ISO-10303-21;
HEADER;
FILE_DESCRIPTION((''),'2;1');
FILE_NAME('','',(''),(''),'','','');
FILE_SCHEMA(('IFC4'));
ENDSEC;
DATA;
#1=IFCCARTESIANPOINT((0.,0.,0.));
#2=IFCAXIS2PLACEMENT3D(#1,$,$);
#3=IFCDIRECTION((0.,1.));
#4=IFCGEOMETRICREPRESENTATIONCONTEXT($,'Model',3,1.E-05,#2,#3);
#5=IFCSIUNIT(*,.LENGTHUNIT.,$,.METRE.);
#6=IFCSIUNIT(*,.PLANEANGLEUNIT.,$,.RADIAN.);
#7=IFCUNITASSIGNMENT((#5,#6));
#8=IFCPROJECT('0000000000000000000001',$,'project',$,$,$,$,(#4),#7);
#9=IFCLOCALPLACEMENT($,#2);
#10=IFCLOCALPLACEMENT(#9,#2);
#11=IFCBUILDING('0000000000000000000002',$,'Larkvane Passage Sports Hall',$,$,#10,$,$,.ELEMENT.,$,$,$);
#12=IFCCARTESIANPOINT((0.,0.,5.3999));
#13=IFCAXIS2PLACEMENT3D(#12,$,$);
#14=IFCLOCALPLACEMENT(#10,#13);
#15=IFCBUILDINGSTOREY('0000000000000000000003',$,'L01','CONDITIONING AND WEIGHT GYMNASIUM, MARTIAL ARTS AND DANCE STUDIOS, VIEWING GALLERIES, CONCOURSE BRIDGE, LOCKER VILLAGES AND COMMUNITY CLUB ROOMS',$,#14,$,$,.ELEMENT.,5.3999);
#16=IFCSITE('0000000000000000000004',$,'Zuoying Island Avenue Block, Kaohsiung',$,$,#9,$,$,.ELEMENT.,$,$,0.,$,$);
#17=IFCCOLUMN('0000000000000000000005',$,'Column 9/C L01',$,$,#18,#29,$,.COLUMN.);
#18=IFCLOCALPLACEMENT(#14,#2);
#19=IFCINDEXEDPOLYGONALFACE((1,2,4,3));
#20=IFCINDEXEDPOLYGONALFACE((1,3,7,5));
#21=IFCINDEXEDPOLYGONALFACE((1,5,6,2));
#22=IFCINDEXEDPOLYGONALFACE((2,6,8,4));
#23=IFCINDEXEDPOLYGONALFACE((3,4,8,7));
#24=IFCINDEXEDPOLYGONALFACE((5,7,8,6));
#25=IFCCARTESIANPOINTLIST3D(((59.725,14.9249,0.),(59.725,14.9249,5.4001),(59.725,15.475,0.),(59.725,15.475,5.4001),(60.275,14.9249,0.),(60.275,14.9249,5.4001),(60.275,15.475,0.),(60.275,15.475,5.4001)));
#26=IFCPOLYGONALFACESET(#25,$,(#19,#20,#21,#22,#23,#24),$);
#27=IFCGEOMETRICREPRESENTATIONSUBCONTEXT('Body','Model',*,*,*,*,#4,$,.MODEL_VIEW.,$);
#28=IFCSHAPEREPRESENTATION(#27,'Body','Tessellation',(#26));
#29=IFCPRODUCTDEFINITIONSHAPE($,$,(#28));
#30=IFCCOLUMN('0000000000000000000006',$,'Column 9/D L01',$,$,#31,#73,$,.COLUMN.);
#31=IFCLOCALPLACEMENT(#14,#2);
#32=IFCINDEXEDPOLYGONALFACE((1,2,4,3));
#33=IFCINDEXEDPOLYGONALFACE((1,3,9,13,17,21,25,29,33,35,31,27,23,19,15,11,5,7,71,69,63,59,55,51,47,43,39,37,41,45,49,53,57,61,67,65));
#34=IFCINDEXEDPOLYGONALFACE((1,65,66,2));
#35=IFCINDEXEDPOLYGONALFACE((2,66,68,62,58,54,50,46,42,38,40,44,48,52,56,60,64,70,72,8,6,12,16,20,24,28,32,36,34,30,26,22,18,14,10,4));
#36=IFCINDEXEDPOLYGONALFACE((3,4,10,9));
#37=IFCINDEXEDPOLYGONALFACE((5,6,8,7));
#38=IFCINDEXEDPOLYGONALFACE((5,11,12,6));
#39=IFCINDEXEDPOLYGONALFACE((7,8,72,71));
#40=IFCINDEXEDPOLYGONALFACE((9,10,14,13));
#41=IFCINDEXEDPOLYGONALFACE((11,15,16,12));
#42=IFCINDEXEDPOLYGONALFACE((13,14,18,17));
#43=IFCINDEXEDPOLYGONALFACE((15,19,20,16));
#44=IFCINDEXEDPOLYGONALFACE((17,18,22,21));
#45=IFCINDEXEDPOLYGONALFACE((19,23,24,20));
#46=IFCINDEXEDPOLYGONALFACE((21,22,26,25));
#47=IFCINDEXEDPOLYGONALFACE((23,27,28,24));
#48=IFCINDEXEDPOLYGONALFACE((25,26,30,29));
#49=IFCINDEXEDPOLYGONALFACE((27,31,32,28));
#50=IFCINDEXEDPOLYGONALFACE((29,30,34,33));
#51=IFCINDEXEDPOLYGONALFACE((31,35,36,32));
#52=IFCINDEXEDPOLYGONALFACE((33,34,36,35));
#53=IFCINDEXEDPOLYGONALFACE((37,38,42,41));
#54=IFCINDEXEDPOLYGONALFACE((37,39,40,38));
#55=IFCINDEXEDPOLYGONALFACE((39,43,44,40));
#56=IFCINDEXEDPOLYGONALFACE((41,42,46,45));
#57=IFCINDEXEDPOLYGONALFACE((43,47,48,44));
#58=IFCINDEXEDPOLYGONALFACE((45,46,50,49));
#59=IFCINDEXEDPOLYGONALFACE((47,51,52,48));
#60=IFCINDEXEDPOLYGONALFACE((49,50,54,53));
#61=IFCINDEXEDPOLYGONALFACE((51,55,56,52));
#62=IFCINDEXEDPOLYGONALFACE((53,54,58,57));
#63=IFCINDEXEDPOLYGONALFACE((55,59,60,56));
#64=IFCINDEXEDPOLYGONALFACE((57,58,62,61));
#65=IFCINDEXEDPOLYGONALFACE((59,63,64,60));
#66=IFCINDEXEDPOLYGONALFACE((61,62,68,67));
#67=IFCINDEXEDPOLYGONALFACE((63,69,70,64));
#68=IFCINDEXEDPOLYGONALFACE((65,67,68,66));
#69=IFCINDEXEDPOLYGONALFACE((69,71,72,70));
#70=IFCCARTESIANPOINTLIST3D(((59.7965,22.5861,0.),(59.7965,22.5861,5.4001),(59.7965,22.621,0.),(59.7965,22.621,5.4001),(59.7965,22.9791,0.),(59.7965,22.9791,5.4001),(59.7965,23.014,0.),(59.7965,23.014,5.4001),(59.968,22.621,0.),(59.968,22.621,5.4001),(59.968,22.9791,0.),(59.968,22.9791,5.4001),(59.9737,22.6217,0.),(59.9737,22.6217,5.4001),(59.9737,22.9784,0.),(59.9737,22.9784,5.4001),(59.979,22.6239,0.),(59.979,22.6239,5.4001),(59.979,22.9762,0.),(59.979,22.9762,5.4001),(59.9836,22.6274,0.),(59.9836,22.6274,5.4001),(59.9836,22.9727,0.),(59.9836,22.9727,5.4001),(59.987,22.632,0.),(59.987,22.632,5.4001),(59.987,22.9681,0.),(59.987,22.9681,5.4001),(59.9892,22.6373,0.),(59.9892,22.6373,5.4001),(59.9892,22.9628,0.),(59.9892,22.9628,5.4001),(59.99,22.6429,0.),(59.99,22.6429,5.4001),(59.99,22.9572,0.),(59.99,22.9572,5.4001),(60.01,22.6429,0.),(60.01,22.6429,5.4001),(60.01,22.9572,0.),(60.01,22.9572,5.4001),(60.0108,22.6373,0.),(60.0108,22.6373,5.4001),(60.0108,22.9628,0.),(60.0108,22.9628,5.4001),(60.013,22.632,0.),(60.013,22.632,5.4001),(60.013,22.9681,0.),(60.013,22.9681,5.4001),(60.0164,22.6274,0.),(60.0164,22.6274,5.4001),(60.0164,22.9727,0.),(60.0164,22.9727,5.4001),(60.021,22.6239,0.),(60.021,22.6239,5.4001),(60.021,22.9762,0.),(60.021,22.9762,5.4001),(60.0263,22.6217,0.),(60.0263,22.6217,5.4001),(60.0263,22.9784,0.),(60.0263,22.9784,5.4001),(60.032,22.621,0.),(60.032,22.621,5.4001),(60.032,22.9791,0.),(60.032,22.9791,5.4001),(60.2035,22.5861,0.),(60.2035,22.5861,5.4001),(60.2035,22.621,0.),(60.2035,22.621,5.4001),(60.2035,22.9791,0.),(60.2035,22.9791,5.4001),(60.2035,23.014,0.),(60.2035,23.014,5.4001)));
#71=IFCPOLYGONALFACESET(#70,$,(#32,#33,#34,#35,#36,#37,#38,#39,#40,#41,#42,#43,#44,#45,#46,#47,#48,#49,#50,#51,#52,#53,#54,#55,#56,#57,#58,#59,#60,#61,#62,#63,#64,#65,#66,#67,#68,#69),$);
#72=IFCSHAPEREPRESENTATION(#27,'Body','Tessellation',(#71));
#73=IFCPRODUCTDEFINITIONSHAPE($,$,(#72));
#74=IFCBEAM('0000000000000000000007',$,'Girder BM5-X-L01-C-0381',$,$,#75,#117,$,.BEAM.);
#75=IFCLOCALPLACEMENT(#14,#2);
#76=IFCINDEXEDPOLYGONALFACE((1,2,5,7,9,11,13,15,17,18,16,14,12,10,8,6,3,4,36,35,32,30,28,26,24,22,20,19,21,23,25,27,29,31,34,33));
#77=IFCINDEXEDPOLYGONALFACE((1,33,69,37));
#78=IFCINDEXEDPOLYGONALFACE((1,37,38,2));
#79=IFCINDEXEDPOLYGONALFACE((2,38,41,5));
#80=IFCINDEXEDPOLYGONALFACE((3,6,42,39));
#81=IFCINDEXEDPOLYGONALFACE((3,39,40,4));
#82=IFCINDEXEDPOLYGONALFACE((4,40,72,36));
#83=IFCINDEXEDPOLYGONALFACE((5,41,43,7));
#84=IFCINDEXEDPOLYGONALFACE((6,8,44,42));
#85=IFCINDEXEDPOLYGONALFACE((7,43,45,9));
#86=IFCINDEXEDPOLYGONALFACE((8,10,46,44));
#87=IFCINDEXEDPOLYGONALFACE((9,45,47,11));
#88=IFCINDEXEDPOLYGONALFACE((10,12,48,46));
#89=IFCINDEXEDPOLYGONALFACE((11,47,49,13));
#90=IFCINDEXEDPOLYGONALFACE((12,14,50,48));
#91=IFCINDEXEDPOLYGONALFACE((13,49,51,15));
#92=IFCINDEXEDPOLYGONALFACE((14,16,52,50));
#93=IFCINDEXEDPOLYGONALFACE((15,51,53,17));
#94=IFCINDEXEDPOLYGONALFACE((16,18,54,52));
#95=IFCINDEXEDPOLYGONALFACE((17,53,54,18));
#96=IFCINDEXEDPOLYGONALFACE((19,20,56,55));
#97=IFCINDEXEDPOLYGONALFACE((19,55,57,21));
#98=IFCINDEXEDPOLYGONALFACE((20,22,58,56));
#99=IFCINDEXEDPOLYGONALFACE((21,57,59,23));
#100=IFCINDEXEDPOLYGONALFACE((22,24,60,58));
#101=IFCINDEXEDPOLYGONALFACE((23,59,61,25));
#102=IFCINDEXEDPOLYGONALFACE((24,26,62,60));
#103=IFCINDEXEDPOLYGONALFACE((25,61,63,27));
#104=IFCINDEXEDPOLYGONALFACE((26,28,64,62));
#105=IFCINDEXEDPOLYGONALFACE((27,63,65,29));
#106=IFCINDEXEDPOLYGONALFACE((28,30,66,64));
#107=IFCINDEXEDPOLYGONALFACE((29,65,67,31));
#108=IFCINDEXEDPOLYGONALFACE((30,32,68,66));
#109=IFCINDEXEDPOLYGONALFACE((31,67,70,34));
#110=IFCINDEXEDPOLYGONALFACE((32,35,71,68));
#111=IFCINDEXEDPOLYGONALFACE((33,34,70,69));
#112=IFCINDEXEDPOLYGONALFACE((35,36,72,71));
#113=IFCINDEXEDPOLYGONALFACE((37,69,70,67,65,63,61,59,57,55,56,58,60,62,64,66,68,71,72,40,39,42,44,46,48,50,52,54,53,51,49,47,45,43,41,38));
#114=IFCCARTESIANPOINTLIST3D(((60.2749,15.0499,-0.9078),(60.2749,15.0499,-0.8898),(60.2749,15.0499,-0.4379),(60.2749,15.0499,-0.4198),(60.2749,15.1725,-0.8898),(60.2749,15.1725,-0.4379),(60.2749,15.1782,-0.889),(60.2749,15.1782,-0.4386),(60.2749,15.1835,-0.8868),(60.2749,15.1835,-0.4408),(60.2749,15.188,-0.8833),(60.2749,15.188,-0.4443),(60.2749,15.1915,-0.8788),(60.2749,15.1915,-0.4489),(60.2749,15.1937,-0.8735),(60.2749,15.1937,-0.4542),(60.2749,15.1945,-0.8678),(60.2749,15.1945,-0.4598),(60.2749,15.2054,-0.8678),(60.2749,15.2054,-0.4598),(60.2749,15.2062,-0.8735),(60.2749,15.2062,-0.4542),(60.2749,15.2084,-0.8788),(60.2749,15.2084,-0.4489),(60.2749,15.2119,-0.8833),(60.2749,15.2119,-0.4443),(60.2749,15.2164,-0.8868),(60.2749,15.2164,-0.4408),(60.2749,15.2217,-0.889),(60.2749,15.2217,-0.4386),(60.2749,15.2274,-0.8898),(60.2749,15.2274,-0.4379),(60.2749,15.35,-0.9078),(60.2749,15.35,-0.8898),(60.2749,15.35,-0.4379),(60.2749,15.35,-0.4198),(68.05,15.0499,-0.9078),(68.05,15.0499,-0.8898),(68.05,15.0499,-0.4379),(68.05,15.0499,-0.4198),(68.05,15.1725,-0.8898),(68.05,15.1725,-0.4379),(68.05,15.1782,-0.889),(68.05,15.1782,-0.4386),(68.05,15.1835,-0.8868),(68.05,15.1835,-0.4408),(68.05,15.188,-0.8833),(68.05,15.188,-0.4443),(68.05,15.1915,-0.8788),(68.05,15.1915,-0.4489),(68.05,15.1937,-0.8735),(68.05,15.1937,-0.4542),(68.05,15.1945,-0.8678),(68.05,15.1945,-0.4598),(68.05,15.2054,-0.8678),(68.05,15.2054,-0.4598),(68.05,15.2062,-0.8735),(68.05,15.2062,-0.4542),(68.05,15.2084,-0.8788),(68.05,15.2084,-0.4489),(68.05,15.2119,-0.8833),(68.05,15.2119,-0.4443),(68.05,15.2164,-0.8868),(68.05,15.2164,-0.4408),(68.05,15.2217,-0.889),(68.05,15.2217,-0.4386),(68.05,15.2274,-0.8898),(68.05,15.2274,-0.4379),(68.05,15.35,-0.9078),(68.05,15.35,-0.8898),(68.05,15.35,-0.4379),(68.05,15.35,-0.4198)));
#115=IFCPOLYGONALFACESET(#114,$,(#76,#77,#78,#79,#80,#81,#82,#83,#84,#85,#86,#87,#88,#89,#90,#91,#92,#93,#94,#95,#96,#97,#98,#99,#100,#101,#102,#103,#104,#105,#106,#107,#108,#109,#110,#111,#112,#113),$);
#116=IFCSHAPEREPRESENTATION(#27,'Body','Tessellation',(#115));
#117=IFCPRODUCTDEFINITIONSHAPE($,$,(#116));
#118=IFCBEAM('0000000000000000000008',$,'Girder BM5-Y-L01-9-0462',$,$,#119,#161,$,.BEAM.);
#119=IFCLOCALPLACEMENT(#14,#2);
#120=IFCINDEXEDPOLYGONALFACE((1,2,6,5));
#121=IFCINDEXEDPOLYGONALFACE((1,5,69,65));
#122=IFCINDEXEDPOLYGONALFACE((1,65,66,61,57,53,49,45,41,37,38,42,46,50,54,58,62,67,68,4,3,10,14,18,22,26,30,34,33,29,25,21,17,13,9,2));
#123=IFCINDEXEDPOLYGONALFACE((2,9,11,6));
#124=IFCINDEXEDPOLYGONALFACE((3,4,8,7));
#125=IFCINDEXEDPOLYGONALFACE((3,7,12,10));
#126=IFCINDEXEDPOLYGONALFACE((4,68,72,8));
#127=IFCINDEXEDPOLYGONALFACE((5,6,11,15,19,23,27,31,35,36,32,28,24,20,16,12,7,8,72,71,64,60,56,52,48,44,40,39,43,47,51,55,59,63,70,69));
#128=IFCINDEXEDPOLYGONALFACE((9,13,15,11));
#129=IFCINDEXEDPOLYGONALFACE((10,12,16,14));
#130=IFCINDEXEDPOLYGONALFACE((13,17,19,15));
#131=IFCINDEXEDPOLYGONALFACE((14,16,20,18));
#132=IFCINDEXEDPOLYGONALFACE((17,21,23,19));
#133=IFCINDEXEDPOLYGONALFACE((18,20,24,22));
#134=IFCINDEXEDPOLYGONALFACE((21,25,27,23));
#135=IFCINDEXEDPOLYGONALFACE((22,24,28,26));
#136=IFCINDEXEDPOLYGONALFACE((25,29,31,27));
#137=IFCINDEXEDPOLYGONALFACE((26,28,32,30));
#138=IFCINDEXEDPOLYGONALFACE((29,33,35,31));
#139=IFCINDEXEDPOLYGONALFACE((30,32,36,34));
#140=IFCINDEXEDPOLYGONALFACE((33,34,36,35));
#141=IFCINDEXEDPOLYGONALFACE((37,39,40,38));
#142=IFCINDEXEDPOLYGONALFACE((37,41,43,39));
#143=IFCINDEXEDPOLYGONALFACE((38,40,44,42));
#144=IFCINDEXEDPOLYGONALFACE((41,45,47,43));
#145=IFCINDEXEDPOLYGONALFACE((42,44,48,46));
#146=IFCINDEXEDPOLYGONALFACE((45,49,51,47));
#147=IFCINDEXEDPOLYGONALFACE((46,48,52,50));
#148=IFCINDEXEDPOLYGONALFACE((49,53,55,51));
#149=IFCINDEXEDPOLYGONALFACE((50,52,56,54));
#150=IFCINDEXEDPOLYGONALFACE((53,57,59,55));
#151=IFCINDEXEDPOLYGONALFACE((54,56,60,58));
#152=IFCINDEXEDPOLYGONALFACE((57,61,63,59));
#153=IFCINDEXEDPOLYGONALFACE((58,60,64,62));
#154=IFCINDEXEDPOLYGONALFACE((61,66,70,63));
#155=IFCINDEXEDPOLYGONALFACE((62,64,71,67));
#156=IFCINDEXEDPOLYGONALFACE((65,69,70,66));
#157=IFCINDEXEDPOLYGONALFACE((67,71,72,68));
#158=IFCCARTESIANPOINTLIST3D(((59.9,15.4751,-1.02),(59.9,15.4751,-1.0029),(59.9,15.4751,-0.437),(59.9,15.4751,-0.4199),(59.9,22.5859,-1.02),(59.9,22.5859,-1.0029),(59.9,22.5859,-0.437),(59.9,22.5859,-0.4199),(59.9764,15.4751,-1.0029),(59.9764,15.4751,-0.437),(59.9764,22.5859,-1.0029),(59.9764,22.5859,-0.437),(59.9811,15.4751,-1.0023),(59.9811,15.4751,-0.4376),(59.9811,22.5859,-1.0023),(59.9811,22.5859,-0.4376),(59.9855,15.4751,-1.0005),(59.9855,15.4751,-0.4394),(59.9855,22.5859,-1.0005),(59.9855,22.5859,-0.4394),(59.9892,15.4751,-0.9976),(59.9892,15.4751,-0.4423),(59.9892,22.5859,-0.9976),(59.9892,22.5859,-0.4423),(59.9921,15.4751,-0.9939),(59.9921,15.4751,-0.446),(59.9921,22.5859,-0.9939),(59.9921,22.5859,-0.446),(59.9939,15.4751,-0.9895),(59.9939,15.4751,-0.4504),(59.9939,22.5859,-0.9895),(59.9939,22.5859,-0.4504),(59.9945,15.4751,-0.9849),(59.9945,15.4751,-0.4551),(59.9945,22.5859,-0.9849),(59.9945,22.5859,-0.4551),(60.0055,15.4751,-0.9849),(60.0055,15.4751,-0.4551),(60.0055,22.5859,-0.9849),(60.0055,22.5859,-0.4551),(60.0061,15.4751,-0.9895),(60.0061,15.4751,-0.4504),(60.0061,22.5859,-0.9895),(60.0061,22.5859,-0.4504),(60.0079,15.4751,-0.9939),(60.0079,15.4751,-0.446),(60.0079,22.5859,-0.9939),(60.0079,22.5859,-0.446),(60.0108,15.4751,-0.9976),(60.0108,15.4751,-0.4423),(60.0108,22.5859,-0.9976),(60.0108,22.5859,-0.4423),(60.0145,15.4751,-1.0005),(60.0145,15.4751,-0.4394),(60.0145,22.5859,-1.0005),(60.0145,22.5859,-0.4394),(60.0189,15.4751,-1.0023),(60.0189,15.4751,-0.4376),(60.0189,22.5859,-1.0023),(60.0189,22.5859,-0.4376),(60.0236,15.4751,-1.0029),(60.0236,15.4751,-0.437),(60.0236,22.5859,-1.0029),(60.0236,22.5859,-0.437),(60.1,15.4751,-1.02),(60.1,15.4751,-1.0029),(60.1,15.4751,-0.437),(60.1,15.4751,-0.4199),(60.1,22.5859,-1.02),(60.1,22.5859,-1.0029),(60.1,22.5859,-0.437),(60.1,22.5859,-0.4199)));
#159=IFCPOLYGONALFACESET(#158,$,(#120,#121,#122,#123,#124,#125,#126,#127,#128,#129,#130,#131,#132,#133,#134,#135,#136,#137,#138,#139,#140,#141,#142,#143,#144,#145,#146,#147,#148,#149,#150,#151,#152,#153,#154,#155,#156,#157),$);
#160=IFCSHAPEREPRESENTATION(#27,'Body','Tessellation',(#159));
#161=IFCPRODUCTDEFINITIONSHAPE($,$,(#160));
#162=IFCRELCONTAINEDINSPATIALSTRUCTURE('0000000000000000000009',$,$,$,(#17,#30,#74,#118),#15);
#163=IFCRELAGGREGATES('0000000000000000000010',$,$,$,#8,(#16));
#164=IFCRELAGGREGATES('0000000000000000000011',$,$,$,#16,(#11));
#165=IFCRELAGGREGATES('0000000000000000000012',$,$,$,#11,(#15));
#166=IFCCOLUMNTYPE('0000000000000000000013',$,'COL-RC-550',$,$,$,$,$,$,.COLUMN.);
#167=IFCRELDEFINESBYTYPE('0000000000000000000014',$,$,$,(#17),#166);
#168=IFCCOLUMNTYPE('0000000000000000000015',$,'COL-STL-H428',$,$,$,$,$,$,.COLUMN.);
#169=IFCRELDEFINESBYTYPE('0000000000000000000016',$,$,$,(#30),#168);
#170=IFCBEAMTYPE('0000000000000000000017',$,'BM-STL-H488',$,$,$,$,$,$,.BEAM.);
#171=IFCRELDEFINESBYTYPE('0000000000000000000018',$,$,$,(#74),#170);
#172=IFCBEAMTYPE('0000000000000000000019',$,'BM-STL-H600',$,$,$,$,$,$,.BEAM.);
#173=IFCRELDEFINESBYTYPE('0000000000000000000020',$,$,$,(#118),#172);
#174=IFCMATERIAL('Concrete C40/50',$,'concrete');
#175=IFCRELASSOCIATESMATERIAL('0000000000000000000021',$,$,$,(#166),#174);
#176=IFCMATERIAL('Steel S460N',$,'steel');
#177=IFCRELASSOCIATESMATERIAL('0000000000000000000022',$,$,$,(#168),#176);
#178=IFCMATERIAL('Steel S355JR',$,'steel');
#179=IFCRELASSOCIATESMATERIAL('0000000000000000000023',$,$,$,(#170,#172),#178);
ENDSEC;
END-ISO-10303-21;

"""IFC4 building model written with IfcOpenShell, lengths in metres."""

from ifc_helpers import new_model, si_unit, direction, frame, origin, origin_2d, place, context, subcontext, project, spatial, rectangle, i_section, extrude, material, material_profile, profile_set, type_object, element, save


model = new_model("IFC4")

# Units and contexts
model_context = context("Model", 3, precision=1e-05, world=origin(), true_north=direction((0.0, 1.0)))
body_context = subcontext(model_context, "Body", "Model", "MODEL_VIEW")
ifc_project = project(units=[si_unit("LENGTHUNIT", "METRE"), si_unit("PLANEANGLEUNIT", "RADIAN")], contexts=[model_context])

# Site, building, storey
site_placement = place(None, origin())
site = spatial("IfcSite", under=ifc_project, at=site_placement, Name="Zuoying Island Avenue Block, Kaohsiung", CompositionType="ELEMENT", RefElevation=0.0)
building_placement = place(site_placement, origin())
building = spatial("IfcBuilding", under=site, at=building_placement, Name="Larkvane Passage Sports Hall", CompositionType="ELEMENT")
storey_placement = place(building_placement, frame((0.0, 0.0, 5.3999)))
storey = spatial("IfcBuildingStorey", under=building, at=storey_placement, Name="L01", Description="CONDITIONING AND WEIGHT GYMNASIUM, MARTIAL ARTS AND DANCE STUDIOS, VIEWING GALLERIES, CONCOURSE BRIDGE, LOCKER VILLAGES AND COMMUNITY CLUB ROOMS", CompositionType="ELEMENT", Elevation=5.3999)

# Columns
ifc_material_1 = material(Name="Concrete C40/50", Category="concrete")
ifc_material_profile_1 = material_profile(ifc_material_1, rectangle(XDim=0.55, YDim=0.55, at=origin_2d()), Name="RC-COL-550x550")
ifc_profile_set_1 = profile_set([ifc_material_profile_1], Name="Concrete C40/50")
column_type_1 = type_object("IfcColumnType", Name="COL-RC-550", PredefinedType="COLUMN", material=ifc_profile_set_1)
column_1_placement = place(storey_placement, frame((60.0, 15.2, 0.0), z_axis=(0.0, 0.0, 1.0), x_axis=(1.0, 0.0, 0.0)))
element("IfcColumn", 1, at=column_1_placement, inside=storey, type_object=column_type_1, Name="Column 9/C L01", PredefinedType="COLUMN", context=body_context, shape_type="SweptSolid", body=[
    extrude(rectangle(XDim=0.55, YDim=0.55, at=origin_2d()), origin(), (0.0, 0.0, 1.0), 5.4001),
])
ifc_material_2 = material(Name="Steel S460N", Category="steel")
ifc_material_profile_2 = material_profile(ifc_material_2, i_section(OverallWidth=0.407, OverallDepth=0.428, WebThickness=0.02, FlangeThickness=0.0349, FilletRadius=0.022, at=origin_2d()), Name="H-428x407x20x35")
ifc_profile_set_2 = profile_set([ifc_material_profile_2], Name="Steel S460N")
column_type_2 = type_object("IfcColumnType", Name="COL-STL-H428", PredefinedType="COLUMN", material=ifc_profile_set_2)
column_2_placement = place(storey_placement, frame((60.0, 22.8, 0.0), z_axis=(0.0, 0.0, 1.0), x_axis=(1.0, 0.0, 0.0)))
element("IfcColumn", 2, at=column_2_placement, inside=storey, type_object=column_type_2, Name="Column 9/D L01", PredefinedType="COLUMN", context=body_context, shape_type="SweptSolid", body=[
    extrude(i_section(OverallWidth=0.407, OverallDepth=0.428, WebThickness=0.02, FlangeThickness=0.0349, FilletRadius=0.022, at=origin_2d()), origin(), (0.0, 0.0, 1.0), 5.4001),
])

# Beams
ifc_material_3 = material(Name="Steel S355JR", Category="steel")
ifc_material_profile_3 = material_profile(ifc_material_3, i_section(OverallWidth=0.3, OverallDepth=0.488, WebThickness=0.011, FlangeThickness=0.0181, FilletRadius=0.022, at=origin_2d()), Name="H-488x300x11x18")
ifc_profile_set_3 = profile_set([ifc_material_profile_3], Name="Steel S355JR")
beam_type_1 = type_object("IfcBeamType", Name="BM-STL-H488", PredefinedType="BEAM", material=ifc_profile_set_3)
beam_1_placement = place(storey_placement, frame((60.2749, 15.2, -0.6638), z_axis=(1.0, 0.0, 0.0), x_axis=(0.0, 1.0, 0.0)))
element("IfcBeam", 3, at=beam_1_placement, inside=storey, type_object=beam_type_1, Name="Girder BM5-X-L01-C-0381", PredefinedType="BEAM", context=body_context, shape_type="SweptSolid", body=[
    extrude(i_section(OverallWidth=0.3, OverallDepth=0.488, WebThickness=0.011, FlangeThickness=0.0181, FilletRadius=0.022, at=origin_2d()), origin(), (0.0, 0.0, 1.0), 7.7751),
])
ifc_material_profile_4 = material_profile(ifc_material_3, i_section(OverallWidth=0.2, OverallDepth=0.6001, WebThickness=0.011, FlangeThickness=0.0171, FilletRadius=0.0181, at=origin_2d()), Name="H-600x200x11x17")
ifc_profile_set_4 = profile_set([ifc_material_profile_4], Name="Steel S355JR")
beam_type_2 = type_object("IfcBeamType", Name="BM-STL-H600", PredefinedType="BEAM", material=ifc_profile_set_4)
beam_2_placement = place(storey_placement, frame((60.0, 15.4751, -0.72), z_axis=(0.0, 1.0, 0.0), x_axis=(-1.0, 0.0, 0.0)))
element("IfcBeam", 4, at=beam_2_placement, inside=storey, type_object=beam_type_2, Name="Girder BM5-Y-L01-9-0462", PredefinedType="BEAM", context=body_context, shape_type="SweptSolid", body=[
    extrude(i_section(OverallWidth=0.2, OverallDepth=0.6001, WebThickness=0.011, FlangeThickness=0.0171, FilletRadius=0.0181, at=origin_2d()), origin(), (0.0, 0.0, 1.0), 7.1108),
])

save(model, "model.ifc")
